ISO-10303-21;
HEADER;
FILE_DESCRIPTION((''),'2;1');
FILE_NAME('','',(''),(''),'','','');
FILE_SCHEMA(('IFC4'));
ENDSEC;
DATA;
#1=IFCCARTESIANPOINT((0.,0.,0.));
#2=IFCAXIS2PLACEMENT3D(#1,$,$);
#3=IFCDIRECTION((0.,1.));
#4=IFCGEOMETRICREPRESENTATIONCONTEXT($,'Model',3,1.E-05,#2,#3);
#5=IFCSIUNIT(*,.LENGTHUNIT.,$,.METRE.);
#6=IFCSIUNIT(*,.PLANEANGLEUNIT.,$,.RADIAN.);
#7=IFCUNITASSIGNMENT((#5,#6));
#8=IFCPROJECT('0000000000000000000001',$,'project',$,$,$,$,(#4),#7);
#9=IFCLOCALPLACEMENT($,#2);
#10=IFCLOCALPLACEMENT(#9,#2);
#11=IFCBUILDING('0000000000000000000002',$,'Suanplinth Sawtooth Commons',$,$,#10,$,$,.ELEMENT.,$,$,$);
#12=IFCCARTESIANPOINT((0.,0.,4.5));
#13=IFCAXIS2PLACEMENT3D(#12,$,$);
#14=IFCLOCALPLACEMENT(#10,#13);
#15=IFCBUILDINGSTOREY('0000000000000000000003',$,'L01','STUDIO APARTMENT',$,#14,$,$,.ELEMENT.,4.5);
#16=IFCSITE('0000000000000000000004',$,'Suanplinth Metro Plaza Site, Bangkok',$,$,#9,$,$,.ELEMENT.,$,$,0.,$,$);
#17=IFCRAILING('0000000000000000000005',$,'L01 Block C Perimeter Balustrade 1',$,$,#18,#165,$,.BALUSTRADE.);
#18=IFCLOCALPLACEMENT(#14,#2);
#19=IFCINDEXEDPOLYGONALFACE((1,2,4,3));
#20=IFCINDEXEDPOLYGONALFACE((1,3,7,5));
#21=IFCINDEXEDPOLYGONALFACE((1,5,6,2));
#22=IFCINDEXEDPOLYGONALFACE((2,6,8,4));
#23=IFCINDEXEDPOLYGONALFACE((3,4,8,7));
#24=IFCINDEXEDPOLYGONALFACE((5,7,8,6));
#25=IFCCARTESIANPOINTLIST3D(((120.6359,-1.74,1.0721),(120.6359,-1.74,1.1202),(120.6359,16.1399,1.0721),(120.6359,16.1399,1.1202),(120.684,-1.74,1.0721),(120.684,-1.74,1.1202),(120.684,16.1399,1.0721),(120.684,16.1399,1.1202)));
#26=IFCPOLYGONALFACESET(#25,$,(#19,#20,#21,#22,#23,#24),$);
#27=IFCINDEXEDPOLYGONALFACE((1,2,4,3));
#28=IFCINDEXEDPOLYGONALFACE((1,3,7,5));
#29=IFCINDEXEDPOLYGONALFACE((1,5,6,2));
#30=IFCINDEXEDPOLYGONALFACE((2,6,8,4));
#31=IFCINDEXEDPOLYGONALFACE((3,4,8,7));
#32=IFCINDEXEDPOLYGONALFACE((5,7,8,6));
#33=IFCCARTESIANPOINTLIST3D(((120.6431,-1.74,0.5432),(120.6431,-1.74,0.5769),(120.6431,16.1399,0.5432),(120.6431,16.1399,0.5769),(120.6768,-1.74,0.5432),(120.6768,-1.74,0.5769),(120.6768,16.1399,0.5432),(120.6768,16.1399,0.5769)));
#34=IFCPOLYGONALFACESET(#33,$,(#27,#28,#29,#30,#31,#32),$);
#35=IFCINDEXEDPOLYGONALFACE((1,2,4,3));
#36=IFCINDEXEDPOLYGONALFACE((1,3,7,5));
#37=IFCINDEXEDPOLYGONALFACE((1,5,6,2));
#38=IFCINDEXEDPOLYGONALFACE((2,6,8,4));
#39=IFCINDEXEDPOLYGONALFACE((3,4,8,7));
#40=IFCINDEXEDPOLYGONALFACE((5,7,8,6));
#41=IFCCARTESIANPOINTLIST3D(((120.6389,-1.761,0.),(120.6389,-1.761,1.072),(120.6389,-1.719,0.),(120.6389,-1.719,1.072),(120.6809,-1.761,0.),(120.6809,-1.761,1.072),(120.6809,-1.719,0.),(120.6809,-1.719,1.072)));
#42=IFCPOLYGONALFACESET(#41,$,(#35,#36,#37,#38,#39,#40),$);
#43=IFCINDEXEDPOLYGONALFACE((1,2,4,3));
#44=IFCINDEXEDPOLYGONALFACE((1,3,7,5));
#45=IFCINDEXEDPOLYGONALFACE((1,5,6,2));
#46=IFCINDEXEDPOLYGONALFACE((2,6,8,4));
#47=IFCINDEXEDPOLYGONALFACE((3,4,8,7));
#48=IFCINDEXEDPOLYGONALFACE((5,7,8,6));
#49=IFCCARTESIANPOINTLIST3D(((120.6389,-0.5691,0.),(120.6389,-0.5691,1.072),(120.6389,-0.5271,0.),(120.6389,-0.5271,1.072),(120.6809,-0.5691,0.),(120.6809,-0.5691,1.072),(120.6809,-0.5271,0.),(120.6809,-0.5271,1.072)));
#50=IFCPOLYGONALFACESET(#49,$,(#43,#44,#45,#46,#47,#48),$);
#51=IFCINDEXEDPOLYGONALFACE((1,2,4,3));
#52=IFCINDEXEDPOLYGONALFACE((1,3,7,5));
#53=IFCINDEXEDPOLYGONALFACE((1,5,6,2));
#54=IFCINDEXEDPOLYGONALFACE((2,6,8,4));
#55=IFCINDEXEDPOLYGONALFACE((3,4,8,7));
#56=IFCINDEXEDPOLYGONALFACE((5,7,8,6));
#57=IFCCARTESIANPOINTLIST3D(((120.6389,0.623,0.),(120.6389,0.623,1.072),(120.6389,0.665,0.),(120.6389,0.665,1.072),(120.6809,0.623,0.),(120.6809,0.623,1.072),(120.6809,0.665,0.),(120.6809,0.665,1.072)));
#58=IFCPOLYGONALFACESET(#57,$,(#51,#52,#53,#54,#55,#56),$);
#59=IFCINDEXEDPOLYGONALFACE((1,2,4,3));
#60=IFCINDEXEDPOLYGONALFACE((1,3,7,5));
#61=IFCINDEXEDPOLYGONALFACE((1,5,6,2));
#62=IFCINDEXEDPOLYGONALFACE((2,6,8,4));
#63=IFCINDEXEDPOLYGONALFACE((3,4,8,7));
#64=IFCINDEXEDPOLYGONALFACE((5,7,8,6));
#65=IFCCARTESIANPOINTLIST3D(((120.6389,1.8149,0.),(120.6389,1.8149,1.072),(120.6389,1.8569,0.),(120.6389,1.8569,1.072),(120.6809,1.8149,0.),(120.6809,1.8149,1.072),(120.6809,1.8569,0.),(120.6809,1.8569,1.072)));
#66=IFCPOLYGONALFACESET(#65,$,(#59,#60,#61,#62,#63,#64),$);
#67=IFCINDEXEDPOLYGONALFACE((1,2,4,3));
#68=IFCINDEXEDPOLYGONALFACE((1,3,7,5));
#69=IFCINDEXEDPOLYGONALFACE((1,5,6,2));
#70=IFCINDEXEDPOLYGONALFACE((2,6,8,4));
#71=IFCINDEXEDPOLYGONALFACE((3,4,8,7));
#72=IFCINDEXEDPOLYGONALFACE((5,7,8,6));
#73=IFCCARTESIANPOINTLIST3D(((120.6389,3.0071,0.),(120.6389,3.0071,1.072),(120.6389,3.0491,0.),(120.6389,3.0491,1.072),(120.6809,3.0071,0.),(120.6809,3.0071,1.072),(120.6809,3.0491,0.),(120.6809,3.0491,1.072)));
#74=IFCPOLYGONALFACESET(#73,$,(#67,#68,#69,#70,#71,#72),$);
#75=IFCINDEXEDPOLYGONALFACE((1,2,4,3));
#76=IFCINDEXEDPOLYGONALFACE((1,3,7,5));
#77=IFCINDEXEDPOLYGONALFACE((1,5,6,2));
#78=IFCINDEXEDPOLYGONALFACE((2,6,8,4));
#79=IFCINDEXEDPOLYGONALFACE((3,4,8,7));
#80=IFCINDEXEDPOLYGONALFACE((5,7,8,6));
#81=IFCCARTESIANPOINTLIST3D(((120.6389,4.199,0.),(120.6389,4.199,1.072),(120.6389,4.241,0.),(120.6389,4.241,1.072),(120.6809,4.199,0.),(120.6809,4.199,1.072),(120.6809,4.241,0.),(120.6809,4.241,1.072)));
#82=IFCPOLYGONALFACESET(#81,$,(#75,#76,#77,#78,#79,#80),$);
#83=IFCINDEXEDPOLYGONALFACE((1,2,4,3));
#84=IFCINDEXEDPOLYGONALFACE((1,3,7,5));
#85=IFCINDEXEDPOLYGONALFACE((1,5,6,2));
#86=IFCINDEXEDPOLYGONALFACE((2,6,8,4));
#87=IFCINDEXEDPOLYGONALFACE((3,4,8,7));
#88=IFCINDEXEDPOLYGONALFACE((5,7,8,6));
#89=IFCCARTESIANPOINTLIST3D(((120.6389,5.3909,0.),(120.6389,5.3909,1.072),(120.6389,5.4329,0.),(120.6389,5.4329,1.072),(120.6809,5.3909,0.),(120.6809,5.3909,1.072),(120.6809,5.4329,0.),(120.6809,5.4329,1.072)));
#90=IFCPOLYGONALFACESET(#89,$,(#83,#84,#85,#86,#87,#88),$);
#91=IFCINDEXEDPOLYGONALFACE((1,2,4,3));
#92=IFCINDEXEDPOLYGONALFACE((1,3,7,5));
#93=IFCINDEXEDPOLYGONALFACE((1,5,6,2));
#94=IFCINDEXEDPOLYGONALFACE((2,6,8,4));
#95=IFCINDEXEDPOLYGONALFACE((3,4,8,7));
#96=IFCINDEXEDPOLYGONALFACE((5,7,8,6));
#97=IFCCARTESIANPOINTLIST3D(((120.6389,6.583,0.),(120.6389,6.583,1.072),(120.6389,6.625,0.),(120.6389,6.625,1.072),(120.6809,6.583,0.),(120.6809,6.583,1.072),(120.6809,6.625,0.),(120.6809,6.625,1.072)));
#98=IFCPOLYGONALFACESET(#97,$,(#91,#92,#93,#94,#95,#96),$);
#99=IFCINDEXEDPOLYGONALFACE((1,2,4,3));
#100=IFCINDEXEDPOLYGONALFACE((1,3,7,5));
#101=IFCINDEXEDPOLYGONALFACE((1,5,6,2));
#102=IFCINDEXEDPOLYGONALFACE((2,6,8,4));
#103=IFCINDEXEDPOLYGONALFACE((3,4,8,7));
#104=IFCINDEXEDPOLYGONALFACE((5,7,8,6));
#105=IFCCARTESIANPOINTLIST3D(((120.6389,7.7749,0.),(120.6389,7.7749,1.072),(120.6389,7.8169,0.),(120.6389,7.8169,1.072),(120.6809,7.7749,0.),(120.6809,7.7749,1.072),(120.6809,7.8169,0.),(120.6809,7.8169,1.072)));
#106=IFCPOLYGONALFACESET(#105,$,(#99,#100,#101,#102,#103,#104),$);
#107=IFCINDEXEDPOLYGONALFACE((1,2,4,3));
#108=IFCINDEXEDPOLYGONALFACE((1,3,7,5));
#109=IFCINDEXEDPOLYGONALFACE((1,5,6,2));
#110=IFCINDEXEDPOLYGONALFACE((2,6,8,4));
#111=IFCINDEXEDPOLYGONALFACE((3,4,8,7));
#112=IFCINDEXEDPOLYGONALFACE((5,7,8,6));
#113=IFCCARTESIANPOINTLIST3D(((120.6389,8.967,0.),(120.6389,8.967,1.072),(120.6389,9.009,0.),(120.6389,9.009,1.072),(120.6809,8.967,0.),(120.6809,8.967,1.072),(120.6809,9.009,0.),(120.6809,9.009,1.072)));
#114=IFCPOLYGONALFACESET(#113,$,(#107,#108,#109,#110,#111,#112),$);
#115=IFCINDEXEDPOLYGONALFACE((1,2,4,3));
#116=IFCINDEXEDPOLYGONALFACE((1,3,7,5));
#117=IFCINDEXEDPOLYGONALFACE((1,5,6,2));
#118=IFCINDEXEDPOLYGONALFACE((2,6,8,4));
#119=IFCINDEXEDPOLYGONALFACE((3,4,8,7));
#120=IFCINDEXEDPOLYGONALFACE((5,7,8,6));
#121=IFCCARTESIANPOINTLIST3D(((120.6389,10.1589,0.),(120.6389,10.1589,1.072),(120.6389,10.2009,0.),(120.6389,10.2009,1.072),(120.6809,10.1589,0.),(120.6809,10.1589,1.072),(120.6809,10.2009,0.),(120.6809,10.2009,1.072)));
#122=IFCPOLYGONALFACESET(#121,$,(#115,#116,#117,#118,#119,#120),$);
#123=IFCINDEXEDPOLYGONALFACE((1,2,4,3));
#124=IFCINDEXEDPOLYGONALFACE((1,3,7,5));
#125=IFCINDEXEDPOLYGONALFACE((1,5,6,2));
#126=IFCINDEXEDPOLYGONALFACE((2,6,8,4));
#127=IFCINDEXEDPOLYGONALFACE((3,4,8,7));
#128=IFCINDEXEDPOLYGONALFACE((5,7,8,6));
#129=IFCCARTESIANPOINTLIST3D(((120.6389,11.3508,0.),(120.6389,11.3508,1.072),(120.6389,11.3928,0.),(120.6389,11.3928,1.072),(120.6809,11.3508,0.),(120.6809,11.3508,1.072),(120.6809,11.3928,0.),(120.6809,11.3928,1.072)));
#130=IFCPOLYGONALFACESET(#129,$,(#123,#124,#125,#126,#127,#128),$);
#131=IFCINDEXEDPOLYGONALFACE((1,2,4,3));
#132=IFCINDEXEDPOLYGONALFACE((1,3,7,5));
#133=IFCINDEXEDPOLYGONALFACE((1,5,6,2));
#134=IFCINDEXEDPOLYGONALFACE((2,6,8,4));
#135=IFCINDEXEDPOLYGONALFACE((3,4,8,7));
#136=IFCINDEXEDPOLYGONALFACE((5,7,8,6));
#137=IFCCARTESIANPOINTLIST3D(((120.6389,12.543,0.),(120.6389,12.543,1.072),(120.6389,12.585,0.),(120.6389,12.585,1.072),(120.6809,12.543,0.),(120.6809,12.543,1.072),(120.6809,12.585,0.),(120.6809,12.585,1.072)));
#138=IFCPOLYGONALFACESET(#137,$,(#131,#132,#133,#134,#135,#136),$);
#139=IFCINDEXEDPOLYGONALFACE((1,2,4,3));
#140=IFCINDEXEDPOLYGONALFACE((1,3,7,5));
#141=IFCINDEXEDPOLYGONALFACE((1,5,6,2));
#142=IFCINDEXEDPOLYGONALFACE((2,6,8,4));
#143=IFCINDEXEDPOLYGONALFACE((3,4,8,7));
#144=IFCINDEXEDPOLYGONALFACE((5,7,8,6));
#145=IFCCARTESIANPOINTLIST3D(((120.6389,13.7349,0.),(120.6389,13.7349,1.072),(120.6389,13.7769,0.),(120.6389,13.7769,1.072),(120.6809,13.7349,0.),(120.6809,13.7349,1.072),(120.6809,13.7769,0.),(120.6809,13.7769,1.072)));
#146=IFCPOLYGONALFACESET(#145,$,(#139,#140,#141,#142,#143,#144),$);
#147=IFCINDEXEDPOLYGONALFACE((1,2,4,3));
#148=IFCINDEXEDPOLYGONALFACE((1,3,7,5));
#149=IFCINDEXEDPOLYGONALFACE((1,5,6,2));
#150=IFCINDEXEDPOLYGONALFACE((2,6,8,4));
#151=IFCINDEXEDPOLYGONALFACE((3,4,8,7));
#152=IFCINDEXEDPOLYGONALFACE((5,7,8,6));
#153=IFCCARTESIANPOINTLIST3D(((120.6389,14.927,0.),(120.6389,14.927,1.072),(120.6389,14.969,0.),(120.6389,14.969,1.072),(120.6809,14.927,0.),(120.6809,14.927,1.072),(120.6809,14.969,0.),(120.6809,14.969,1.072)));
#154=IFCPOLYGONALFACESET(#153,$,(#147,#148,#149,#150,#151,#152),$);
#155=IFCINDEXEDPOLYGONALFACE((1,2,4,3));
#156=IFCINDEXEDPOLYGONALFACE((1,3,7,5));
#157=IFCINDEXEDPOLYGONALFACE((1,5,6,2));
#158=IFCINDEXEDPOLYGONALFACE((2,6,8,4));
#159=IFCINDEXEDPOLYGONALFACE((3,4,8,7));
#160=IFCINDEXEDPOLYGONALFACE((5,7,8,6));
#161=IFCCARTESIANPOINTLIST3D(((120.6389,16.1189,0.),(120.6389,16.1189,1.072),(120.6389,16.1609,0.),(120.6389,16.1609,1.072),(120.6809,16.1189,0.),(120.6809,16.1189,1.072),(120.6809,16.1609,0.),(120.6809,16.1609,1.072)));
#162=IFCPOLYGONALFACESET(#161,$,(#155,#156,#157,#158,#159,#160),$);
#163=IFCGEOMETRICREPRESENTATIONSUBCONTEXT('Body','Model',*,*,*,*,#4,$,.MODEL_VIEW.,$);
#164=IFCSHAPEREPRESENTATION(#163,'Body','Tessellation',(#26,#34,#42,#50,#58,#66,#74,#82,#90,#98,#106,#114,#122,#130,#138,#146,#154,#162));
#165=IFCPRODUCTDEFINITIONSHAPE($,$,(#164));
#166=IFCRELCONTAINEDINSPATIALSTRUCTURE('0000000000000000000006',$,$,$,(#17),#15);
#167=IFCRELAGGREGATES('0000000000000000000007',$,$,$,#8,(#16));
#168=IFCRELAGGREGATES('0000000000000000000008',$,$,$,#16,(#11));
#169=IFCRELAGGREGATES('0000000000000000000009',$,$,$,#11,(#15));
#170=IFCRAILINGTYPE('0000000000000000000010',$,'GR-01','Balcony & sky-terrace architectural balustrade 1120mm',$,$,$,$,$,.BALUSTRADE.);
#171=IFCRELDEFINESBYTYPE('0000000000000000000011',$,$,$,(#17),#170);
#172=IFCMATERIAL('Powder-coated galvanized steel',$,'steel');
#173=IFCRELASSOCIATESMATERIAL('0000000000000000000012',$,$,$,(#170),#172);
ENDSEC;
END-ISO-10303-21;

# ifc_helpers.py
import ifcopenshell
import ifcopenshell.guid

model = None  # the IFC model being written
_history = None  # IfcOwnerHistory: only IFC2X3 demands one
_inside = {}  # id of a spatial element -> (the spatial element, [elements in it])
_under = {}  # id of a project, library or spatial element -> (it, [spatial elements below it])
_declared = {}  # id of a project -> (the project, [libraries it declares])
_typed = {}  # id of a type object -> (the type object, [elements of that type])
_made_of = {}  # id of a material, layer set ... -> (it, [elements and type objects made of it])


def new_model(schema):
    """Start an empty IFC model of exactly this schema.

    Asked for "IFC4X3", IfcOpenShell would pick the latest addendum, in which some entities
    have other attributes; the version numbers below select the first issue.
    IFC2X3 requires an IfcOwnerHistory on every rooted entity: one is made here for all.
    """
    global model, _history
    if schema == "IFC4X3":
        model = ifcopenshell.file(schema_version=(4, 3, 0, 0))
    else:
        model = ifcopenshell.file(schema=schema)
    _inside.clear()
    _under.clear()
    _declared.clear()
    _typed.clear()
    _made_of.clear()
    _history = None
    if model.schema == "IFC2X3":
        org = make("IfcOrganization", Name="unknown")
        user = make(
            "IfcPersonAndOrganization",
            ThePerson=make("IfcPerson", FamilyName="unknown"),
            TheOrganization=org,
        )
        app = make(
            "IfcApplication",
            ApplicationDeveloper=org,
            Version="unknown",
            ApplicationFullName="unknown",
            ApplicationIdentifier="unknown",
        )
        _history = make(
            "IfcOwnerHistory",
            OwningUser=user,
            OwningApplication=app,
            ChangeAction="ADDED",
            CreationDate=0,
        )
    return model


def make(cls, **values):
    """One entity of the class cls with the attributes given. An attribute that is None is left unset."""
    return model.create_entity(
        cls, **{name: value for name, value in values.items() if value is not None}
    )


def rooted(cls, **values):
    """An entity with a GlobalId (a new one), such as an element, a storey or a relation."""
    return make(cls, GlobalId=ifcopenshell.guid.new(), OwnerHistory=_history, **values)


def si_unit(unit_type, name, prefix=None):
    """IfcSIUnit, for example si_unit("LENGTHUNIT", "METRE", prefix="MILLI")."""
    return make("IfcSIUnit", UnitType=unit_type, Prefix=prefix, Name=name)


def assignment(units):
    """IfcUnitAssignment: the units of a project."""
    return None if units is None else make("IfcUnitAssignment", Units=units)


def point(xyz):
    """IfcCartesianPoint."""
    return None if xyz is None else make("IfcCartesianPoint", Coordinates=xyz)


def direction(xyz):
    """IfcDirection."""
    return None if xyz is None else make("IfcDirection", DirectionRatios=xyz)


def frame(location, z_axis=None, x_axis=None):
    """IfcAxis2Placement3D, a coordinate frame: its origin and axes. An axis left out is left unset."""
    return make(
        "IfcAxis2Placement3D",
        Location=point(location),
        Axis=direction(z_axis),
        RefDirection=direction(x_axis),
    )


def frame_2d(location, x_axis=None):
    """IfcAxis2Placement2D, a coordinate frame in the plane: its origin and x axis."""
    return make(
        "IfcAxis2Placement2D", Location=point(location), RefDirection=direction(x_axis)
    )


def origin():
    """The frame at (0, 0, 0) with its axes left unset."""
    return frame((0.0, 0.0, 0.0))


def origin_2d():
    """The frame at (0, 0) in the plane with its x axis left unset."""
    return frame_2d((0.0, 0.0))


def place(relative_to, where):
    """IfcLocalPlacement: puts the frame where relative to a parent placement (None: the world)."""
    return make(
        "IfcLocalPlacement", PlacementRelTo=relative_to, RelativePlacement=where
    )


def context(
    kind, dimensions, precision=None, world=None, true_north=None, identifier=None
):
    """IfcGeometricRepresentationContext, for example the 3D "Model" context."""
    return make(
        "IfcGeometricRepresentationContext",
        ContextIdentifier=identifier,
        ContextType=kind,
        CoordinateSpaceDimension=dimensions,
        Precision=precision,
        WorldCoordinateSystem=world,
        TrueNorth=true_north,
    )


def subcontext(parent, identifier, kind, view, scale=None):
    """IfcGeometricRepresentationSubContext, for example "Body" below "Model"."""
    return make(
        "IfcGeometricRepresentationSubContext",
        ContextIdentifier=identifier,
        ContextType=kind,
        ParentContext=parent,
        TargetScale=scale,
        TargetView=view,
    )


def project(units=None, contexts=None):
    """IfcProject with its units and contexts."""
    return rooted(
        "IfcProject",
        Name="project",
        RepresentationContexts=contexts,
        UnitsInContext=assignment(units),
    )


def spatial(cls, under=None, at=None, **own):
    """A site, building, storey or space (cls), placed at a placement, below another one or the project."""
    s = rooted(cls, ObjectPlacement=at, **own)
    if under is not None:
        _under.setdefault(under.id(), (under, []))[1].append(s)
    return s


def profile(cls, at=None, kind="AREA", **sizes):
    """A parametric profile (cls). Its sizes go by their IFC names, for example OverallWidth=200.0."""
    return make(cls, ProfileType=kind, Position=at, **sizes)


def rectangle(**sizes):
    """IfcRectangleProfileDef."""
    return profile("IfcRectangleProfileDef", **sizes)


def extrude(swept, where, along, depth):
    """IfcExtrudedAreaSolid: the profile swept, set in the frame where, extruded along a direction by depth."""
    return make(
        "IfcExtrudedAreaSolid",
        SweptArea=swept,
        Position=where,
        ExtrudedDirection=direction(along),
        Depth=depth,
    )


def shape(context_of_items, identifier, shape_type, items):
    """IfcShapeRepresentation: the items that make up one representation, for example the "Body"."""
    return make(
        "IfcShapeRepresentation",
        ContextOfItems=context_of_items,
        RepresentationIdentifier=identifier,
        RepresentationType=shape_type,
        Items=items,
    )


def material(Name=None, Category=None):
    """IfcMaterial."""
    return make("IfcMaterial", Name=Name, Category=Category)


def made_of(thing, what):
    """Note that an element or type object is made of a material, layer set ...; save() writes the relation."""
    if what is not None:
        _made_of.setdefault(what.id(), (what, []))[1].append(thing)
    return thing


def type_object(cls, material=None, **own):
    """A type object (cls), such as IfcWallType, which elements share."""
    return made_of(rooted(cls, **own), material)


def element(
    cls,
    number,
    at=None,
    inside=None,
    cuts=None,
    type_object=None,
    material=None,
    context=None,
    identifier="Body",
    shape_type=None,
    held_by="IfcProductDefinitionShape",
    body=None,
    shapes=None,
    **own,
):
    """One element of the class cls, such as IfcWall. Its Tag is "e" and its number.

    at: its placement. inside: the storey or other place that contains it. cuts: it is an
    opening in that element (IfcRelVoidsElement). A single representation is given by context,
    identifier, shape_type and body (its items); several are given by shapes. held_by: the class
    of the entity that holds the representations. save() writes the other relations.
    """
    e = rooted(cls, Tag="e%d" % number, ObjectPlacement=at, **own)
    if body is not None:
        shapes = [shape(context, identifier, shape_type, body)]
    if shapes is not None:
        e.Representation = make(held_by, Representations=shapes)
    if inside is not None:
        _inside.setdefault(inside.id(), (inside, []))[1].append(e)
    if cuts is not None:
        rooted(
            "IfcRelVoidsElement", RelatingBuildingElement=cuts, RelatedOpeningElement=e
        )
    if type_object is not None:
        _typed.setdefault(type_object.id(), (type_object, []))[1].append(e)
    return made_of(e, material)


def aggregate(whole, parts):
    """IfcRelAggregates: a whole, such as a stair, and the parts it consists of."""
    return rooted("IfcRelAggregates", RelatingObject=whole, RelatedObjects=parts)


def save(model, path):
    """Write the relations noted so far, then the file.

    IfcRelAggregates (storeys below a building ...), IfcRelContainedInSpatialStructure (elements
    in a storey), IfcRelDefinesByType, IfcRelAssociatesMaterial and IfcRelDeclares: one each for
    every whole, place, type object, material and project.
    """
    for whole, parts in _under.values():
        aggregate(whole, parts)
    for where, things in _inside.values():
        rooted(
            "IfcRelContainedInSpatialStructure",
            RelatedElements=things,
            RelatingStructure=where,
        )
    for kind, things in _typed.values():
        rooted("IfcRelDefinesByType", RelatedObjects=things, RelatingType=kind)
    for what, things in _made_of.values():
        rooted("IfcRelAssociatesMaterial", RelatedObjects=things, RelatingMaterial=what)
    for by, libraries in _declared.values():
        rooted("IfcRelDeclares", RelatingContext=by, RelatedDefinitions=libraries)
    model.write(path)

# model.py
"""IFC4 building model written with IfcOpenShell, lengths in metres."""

from ifc_helpers import new_model, si_unit, direction, frame, origin, origin_2d, place, context, subcontext, project, spatial, rectangle, extrude, material, type_object, element, save


model = new_model("IFC4")

# Units and contexts
model_context = context("Model", 3, precision=1e-05, world=origin(), true_north=direction((0.0, 1.0)))
body_context = subcontext(model_context, "Body", "Model", "MODEL_VIEW")
ifc_project = project(units=[si_unit("LENGTHUNIT", "METRE"), si_unit("PLANEANGLEUNIT", "RADIAN")], contexts=[model_context])

# Site, building, storey
site_placement = place(None, origin())
site = spatial("IfcSite", under=ifc_project, at=site_placement, Name="Suanplinth Metro Plaza Site, Bangkok", CompositionType="ELEMENT", RefElevation=0.0)
building_placement = place(site_placement, origin())
building = spatial("IfcBuilding", under=site, at=building_placement, Name="Suanplinth Sawtooth Commons", CompositionType="ELEMENT")
storey_placement = place(building_placement, frame((0.0, 0.0, 4.5)))
storey = spatial("IfcBuildingStorey", under=building, at=storey_placement, Name="L01", Description="STUDIO APARTMENT", CompositionType="ELEMENT", Elevation=4.5)

# Railing
ifc_material_1 = material(Name="Powder-coated galvanized steel", Category="steel")
railing_type = type_object("IfcRailingType", Name="GR-01", Description="Balcony & sky-terrace architectural balustrade 1120mm", PredefinedType="BALUSTRADE", material=ifc_material_1)
railing_placement = place(storey_placement, frame((120.6599, -1.74, 0.0)))
element("IfcRailing", 1, at=railing_placement, inside=storey, type_object=railing_type, Name="L01 Block C Perimeter Balustrade 1", PredefinedType="BALUSTRADE", context=body_context, shape_type="SweptSolid", body=[
    extrude(rectangle(XDim=0.0481, YDim=0.0481, at=origin_2d()), frame((0.0, 0.0, 1.0962), z_axis=(0.0, 1.0, 0.0), x_axis=(-1.0, 0.0, 0.0)), (0.0, 0.0, 1.0), 17.8799),
    extrude(rectangle(XDim=0.0337, YDim=0.0337, at=origin_2d()), frame((0.0, 0.0, 0.5601), z_axis=(0.0, 1.0, 0.0), x_axis=(-1.0, 0.0, 0.0)), (0.0, 0.0, 1.0), 17.8799),
    extrude(rectangle(XDim=0.042, YDim=0.042, at=origin_2d()), origin(), (0.0, 0.0, 1.0), 1.072),
    extrude(rectangle(XDim=0.042, YDim=0.042, at=origin_2d()), frame((0.0, 1.1919, 0.0)), (0.0, 0.0, 1.0), 1.072),
    extrude(rectangle(XDim=0.042, YDim=0.042, at=origin_2d()), frame((0.0, 2.384, 0.0)), (0.0, 0.0, 1.0), 1.072),
    extrude(rectangle(XDim=0.042, YDim=0.042, at=origin_2d()), frame((0.0, 3.5759, 0.0)), (0.0, 0.0, 1.0), 1.072),
    extrude(rectangle(XDim=0.042, YDim=0.042, at=origin_2d()), frame((0.0, 4.7681, 0.0)), (0.0, 0.0, 1.0), 1.072),
    extrude(rectangle(XDim=0.042, YDim=0.042, at=origin_2d()), frame((0.0, 5.96, 0.0)), (0.0, 0.0, 1.0), 1.072),
    extrude(rectangle(XDim=0.042, YDim=0.042, at=origin_2d()), frame((0.0, 7.1519, 0.0)), (0.0, 0.0, 1.0), 1.072),
    extrude(rectangle(XDim=0.042, YDim=0.042, at=origin_2d()), frame((0.0, 8.344, 0.0)), (0.0, 0.0, 1.0), 1.072),
    extrude(rectangle(XDim=0.042, YDim=0.042, at=origin_2d()), frame((0.0, 9.5359, 0.0)), (0.0, 0.0, 1.0), 1.072),
    extrude(rectangle(XDim=0.042, YDim=0.042, at=origin_2d()), frame((0.0, 10.728, 0.0)), (0.0, 0.0, 1.0), 1.072),
    extrude(rectangle(XDim=0.042, YDim=0.042, at=origin_2d()), frame((0.0, 11.9199, 0.0)), (0.0, 0.0, 1.0), 1.072),
    extrude(rectangle(XDim=0.042, YDim=0.042, at=origin_2d()), frame((0.0, 13.1118, 0.0)), (0.0, 0.0, 1.0), 1.072),
    extrude(rectangle(XDim=0.042, YDim=0.042, at=origin_2d()), frame((0.0, 14.304, 0.0)), (0.0, 0.0, 1.0), 1.072),
    extrude(rectangle(XDim=0.042, YDim=0.042, at=origin_2d()), frame((0.0, 15.4958, 0.0)), (0.0, 0.0, 1.0), 1.072),
    extrude(rectangle(XDim=0.042, YDim=0.042, at=origin_2d()), frame((0.0, 16.688, 0.0)), (0.0, 0.0, 1.0), 1.072),
    extrude(rectangle(XDim=0.042, YDim=0.042, at=origin_2d()), frame((0.0, 17.8799, 0.0)), (0.0, 0.0, 1.0), 1.072),
])

save(model, "model.ifc")
